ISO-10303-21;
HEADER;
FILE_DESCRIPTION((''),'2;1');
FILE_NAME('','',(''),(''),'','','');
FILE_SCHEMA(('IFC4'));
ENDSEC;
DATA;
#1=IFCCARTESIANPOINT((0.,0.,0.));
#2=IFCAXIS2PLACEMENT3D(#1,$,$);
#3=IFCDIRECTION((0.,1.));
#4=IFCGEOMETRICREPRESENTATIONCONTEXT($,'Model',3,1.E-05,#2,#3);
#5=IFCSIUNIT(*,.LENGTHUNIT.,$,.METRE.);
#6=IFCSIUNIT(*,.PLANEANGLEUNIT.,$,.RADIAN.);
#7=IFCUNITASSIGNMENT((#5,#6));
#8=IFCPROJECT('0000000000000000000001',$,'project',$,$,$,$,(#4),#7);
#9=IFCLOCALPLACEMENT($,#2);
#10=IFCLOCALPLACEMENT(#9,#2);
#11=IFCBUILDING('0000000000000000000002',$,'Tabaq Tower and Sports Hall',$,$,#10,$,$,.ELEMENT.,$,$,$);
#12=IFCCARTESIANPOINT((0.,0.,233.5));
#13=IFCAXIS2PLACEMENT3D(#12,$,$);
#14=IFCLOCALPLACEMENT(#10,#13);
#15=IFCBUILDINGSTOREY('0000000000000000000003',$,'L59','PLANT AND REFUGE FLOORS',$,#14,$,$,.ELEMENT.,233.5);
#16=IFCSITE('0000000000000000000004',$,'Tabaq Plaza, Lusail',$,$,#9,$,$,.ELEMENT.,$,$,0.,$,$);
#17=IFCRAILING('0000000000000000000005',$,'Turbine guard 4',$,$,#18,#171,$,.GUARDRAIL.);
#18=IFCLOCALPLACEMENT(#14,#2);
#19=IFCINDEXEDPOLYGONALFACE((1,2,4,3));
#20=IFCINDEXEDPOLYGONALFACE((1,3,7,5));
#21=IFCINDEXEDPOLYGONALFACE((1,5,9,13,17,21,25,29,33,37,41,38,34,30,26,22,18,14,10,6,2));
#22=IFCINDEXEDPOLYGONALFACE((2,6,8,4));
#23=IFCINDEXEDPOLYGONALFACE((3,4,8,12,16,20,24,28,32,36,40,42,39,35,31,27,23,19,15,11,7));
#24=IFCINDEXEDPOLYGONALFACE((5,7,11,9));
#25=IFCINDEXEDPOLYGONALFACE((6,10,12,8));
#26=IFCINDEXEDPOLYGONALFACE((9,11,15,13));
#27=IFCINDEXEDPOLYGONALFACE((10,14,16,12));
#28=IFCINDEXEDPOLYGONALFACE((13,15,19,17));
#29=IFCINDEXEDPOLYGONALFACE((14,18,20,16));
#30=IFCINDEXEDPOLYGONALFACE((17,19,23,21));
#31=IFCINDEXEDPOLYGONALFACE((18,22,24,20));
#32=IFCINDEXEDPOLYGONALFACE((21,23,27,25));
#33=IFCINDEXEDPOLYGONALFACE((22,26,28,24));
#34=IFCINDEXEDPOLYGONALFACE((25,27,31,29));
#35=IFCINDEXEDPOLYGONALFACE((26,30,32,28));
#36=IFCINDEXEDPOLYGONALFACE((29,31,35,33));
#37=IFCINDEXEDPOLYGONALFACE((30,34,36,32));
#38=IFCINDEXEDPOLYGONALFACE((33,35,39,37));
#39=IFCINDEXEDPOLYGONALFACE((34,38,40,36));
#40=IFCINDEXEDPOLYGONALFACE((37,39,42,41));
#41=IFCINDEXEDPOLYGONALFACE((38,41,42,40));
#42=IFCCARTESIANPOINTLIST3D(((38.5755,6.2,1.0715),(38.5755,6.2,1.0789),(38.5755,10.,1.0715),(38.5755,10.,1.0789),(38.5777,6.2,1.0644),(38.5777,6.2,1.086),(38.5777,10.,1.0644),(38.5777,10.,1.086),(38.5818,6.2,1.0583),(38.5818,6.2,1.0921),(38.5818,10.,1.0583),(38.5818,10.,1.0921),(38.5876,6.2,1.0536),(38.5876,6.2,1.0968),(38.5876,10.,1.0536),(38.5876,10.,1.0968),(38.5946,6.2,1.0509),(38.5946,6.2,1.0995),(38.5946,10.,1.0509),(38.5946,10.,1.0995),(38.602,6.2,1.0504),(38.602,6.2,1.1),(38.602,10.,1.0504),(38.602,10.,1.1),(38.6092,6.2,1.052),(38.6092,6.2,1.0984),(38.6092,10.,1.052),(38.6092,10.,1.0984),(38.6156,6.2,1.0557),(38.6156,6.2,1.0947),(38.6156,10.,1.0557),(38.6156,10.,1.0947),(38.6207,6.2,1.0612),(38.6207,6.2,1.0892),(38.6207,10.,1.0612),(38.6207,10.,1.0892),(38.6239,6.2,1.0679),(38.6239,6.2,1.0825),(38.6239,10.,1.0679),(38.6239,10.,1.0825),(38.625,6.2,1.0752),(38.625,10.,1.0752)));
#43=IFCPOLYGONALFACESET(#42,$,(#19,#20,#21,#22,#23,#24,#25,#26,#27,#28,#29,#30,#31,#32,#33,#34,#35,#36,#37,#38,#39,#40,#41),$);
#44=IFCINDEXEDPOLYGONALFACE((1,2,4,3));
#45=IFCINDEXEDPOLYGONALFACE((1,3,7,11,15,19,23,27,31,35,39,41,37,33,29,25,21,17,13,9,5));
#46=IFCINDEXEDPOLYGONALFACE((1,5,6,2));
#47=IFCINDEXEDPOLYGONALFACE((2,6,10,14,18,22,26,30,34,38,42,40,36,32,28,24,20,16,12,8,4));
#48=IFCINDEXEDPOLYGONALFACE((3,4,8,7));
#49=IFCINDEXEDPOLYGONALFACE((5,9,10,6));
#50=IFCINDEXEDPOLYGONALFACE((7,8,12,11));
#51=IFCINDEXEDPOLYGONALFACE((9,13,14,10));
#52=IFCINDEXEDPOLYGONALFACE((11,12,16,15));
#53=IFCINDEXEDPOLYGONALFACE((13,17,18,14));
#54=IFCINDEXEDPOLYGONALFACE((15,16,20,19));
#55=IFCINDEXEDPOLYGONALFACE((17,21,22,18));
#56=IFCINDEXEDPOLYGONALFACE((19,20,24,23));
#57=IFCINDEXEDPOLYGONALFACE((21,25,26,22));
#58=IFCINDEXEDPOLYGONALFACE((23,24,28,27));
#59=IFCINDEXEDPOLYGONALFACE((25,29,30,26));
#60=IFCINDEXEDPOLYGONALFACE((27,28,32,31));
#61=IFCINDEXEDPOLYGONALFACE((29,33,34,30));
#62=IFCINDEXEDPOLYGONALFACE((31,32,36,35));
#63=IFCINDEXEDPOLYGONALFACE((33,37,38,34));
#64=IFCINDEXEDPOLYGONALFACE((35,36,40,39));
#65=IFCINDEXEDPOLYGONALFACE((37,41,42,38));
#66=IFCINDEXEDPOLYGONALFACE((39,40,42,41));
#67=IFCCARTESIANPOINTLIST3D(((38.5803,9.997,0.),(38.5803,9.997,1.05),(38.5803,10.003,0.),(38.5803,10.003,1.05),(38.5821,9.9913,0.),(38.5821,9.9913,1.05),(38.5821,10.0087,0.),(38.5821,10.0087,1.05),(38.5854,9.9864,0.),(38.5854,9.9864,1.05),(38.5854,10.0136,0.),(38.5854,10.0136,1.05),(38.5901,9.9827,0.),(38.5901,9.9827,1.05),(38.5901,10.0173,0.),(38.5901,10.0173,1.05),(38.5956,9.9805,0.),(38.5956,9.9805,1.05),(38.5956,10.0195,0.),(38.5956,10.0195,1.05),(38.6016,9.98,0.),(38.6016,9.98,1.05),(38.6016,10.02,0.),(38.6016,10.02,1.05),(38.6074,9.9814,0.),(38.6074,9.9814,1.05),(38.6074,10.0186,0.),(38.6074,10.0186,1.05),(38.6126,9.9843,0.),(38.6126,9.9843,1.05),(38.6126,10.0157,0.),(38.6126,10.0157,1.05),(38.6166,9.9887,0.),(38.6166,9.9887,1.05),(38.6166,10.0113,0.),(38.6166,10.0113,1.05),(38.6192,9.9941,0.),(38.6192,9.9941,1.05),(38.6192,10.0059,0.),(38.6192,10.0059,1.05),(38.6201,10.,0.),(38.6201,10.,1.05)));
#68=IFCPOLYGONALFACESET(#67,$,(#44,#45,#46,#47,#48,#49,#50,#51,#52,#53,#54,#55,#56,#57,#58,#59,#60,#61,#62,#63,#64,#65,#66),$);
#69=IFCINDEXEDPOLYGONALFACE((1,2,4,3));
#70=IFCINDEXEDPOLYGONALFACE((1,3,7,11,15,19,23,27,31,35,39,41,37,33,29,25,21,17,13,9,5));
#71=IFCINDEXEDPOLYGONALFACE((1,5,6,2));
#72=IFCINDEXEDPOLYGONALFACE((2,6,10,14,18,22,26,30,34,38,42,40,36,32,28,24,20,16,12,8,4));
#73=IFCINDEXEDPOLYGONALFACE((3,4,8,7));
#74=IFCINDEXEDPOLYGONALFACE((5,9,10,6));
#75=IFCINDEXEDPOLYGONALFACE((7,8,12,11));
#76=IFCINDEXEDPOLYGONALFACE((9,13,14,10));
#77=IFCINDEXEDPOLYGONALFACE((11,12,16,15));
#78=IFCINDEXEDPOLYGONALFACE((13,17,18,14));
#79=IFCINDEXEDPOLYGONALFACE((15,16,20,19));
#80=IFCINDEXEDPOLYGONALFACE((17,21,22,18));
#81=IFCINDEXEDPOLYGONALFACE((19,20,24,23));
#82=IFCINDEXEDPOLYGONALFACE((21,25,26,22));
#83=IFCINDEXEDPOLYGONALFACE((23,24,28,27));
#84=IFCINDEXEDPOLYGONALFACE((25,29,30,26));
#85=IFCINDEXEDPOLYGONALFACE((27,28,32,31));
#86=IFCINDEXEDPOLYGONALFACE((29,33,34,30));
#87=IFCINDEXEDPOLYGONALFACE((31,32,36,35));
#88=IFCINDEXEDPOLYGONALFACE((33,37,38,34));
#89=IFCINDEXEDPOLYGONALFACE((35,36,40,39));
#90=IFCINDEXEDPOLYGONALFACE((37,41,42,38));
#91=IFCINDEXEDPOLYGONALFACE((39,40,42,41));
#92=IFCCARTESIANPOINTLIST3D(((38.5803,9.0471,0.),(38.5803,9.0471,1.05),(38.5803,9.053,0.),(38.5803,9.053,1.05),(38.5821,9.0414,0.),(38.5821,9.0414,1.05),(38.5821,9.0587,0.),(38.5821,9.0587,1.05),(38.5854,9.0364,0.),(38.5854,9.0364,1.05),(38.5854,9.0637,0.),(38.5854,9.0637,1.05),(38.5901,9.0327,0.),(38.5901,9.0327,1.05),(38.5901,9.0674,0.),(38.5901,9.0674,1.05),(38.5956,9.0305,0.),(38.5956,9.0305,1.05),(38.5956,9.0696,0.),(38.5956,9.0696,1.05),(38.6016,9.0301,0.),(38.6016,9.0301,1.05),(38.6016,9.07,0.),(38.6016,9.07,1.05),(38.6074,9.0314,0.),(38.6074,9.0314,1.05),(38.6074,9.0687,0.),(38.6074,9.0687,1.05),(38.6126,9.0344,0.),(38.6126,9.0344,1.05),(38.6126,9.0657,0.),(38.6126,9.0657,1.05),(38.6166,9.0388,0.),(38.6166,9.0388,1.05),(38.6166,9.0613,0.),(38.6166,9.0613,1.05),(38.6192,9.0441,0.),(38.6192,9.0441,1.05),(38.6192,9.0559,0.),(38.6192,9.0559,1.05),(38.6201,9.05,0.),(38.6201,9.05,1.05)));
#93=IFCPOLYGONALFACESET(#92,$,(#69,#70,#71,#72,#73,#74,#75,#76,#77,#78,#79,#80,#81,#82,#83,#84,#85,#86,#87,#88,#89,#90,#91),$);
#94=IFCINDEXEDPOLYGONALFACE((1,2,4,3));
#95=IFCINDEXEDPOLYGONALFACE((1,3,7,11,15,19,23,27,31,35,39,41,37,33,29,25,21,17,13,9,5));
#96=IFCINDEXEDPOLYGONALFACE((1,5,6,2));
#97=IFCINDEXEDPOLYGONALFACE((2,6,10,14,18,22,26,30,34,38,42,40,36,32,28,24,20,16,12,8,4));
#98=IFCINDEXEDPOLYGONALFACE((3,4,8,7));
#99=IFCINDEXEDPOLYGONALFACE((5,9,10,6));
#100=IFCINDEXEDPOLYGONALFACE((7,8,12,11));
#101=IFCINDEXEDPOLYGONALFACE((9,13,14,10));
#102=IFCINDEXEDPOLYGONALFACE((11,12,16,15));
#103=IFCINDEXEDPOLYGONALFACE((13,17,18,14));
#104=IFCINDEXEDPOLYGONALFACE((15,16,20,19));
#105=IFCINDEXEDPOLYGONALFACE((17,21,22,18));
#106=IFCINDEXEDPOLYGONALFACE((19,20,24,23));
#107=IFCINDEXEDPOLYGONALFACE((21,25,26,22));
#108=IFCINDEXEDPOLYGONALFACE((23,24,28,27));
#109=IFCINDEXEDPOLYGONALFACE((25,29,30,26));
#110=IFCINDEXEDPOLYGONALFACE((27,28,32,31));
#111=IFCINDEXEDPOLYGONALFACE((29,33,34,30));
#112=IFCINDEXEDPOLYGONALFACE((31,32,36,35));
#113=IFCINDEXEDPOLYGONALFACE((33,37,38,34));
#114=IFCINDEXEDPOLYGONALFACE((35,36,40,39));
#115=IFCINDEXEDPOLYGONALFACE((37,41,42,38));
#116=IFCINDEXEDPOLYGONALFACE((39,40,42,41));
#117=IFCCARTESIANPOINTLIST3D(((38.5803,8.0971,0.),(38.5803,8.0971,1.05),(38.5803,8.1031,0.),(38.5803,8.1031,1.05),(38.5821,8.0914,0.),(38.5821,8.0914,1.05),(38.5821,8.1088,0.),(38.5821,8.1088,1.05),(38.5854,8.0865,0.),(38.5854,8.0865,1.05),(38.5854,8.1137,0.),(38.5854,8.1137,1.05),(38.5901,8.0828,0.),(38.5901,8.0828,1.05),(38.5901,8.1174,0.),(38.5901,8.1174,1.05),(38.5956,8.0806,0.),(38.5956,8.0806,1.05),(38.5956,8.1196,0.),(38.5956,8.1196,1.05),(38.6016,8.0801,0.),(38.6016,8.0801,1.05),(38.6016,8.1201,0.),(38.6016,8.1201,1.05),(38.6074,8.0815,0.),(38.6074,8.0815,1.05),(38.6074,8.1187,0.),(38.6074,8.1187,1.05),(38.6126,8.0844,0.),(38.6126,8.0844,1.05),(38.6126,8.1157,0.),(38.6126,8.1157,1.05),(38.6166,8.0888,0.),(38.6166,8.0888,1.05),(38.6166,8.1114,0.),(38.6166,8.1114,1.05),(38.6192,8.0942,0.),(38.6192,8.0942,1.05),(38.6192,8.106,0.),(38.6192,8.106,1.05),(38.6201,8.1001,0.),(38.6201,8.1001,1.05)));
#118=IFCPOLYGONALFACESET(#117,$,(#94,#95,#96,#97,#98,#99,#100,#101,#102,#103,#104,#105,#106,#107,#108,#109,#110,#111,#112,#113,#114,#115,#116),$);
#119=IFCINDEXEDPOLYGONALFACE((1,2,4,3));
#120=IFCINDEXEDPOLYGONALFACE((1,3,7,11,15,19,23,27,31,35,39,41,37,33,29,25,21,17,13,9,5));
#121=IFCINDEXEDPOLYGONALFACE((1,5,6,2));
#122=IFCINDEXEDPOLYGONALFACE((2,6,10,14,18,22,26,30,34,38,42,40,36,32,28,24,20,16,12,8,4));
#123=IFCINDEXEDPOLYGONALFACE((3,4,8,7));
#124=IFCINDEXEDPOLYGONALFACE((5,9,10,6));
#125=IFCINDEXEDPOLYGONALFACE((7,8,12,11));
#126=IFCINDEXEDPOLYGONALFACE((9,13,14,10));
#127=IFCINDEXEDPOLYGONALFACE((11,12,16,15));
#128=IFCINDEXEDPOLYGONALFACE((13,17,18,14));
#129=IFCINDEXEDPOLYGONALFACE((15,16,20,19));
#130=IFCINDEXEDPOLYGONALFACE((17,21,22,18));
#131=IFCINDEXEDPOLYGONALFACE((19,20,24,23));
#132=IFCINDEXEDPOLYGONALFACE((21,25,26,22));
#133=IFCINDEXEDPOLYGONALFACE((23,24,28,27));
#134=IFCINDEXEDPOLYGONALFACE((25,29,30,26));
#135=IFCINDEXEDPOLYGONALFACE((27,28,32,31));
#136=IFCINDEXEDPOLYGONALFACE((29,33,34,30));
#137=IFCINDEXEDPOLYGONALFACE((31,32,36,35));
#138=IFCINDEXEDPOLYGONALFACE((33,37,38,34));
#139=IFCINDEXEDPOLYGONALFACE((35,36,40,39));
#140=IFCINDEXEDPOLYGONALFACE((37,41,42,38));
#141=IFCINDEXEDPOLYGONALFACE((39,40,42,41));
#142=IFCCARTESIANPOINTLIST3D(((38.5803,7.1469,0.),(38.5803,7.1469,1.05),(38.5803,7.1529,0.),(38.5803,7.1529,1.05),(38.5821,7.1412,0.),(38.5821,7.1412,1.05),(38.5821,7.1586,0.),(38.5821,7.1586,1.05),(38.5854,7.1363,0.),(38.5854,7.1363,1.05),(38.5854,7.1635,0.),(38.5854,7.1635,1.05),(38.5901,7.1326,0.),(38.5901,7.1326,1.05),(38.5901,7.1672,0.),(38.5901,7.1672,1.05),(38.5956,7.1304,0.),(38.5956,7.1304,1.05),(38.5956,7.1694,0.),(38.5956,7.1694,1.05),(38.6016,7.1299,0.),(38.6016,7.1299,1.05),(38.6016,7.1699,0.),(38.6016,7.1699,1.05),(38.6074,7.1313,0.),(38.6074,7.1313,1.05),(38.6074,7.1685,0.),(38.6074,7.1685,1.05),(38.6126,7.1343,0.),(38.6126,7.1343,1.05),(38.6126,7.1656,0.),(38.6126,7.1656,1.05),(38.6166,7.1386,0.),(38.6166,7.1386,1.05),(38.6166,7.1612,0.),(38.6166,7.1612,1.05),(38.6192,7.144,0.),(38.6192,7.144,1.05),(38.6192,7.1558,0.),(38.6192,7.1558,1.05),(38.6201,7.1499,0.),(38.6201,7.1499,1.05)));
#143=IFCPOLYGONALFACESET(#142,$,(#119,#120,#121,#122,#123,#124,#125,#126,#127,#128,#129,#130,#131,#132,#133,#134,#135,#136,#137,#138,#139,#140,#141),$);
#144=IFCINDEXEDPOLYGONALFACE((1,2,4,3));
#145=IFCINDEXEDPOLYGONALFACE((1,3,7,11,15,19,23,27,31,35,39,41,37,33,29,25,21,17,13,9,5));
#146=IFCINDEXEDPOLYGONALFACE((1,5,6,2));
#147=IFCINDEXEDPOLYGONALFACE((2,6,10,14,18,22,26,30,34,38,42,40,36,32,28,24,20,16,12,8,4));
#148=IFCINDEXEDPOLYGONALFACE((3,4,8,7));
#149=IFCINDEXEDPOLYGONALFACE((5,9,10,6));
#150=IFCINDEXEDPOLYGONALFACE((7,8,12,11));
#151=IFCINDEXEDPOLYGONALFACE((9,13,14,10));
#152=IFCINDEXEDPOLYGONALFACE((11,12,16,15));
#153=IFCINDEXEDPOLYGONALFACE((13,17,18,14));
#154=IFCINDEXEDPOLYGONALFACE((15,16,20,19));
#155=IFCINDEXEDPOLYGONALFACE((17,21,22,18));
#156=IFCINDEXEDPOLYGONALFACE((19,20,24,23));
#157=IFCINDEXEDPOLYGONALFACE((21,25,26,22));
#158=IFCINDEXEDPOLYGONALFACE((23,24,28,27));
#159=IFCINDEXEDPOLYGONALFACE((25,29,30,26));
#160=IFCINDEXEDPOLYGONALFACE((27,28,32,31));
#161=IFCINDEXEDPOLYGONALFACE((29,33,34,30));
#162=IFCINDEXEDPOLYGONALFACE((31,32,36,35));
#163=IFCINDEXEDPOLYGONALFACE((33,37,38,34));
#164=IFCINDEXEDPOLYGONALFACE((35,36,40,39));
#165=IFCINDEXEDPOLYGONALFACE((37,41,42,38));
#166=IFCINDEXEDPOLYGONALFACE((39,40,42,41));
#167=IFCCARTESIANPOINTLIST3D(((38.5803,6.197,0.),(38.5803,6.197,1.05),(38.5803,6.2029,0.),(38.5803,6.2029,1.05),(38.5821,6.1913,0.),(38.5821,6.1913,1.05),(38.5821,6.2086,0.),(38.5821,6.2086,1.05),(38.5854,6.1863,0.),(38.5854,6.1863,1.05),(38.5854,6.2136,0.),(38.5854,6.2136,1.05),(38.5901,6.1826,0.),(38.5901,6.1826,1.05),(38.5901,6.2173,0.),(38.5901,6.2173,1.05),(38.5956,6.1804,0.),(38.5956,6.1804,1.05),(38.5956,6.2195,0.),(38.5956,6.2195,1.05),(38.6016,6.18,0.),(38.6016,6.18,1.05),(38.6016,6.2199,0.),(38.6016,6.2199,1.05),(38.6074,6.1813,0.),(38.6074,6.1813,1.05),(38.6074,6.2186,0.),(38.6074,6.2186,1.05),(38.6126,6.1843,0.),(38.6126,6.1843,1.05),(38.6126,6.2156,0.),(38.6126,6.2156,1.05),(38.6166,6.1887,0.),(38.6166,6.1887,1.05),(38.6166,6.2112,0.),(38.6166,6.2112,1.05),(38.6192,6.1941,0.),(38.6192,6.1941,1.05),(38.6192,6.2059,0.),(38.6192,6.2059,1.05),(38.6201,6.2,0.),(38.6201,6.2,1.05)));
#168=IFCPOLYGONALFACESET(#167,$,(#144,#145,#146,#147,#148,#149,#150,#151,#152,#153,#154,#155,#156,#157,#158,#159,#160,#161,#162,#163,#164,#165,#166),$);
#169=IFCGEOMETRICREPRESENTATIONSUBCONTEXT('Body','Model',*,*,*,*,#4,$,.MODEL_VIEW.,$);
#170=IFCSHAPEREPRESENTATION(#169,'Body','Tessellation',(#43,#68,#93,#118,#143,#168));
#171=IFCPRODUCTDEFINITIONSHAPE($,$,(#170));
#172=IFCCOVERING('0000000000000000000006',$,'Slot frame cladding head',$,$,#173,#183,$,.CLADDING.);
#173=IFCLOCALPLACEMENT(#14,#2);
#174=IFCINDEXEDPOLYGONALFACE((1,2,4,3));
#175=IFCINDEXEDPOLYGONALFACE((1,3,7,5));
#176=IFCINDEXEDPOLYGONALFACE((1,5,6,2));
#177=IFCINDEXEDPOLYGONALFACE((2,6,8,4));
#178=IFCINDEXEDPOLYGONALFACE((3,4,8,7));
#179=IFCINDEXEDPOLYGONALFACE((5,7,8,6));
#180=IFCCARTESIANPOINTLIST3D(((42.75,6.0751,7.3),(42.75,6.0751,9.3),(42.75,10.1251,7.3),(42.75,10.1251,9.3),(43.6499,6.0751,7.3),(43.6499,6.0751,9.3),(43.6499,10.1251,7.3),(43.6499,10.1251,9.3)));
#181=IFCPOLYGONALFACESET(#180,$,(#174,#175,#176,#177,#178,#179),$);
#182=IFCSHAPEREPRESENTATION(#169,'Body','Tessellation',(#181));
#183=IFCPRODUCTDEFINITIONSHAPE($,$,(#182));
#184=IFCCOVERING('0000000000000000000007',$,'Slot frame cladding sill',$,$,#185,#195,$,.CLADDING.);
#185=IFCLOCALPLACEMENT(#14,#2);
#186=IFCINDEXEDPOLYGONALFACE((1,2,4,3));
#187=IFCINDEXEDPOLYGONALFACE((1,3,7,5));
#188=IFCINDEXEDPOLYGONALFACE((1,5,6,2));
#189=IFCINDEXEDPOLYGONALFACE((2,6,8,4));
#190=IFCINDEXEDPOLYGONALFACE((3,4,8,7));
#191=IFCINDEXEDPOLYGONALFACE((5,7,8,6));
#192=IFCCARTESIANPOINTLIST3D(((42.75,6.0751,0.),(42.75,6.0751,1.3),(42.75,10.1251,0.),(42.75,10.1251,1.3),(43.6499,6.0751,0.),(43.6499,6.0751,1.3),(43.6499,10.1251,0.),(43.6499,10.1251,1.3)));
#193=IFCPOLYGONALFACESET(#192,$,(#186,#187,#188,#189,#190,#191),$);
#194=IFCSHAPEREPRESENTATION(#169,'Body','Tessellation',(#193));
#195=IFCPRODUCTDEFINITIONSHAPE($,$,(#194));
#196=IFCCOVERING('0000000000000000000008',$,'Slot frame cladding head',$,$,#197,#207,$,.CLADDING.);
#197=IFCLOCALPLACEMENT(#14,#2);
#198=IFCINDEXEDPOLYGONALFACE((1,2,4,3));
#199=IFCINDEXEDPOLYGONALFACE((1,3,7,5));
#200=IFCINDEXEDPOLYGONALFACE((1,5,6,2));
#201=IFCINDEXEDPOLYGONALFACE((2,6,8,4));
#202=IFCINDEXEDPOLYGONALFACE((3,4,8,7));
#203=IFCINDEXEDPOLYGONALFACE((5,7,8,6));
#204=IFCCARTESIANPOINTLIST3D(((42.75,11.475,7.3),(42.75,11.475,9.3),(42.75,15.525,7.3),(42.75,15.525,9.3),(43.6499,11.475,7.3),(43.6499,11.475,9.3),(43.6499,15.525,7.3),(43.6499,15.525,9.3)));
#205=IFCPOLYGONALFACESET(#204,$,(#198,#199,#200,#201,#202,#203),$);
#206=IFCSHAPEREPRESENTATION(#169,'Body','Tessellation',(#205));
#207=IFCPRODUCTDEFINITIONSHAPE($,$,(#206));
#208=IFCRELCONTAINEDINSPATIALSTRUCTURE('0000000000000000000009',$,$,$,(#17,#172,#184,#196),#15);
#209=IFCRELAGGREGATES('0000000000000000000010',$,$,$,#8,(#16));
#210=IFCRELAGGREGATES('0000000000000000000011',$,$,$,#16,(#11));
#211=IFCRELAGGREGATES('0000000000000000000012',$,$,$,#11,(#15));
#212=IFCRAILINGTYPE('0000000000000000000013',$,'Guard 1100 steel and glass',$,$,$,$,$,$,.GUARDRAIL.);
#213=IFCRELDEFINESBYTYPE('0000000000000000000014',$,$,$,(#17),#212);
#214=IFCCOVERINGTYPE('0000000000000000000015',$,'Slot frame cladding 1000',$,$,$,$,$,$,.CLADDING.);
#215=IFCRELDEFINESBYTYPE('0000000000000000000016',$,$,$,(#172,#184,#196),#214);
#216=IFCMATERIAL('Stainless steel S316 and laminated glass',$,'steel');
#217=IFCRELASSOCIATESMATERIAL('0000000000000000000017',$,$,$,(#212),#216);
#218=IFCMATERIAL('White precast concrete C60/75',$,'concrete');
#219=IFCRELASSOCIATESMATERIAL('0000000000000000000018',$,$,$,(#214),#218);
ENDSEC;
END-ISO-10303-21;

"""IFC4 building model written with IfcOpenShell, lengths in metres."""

from ifc_helpers import new_model, si_unit, direction, frame, origin, origin_2d, place, context, subcontext, project, spatial, rectangle, circle, extrude, material, type_object, element, save


model = new_model("IFC4")

# Units and contexts
model_context = context("Model", 3, precision=1e-05, world=origin(), true_north=direction((0.0, 1.0)))
body_context = subcontext(model_context, "Body", "Model", "MODEL_VIEW")
ifc_project = project(units=[si_unit("LENGTHUNIT", "METRE"), si_unit("PLANEANGLEUNIT", "RADIAN")], contexts=[model_context])

# Site, building, storey
site_placement = place(None, origin())
site = spatial("IfcSite", under=ifc_project, at=site_placement, Name="Tabaq Plaza, Lusail", CompositionType="ELEMENT", RefElevation=0.0)
building_placement = place(site_placement, origin())
building = spatial("IfcBuilding", under=site, at=building_placement, Name="Tabaq Tower and Sports Hall", CompositionType="ELEMENT")
storey_placement = place(building_placement, frame((0.0, 0.0, 233.5)))
storey = spatial("IfcBuildingStorey", under=building, at=storey_placement, Name="L59", Description="PLANT AND REFUGE FLOORS", CompositionType="ELEMENT", Elevation=233.5)

# Railing
ifc_material_1 = material(Name="Stainless steel S316 and laminated glass", Category="steel")
railing_type = type_object("IfcRailingType", Name="Guard 1100 steel and glass", PredefinedType="GUARDRAIL", material=ifc_material_1)
railing_1_placement = place(storey_placement, frame((38.6001, 10.0, 0.0)))
element("IfcRailing", 1, at=railing_1_placement, inside=storey, type_object=railing_type, Name="Turbine guard 4", PredefinedType="GUARDRAIL", context=body_context, shape_type="SweptSolid", body=[
    extrude(circle(Radius=0.0249, at=origin_2d()), frame((0.0, 0.0, 1.0752), z_axis=(0.0, -1.0, 0.0), x_axis=(1.0, 0.0, 0.0)), (0.0, 0.0, 1.0), 3.8),
    extrude(circle(Radius=0.02, at=origin_2d()), origin(), (0.0, 0.0, 1.0), 1.05),
    extrude(circle(Radius=0.02, at=origin_2d()), frame((0.0, -0.95, 0.0)), (0.0, 0.0, 1.0), 1.05),
    extrude(circle(Radius=0.02, at=origin_2d()), frame((0.0, -1.8999, 0.0)), (0.0, 0.0, 1.0), 1.05),
    extrude(circle(Radius=0.02, at=origin_2d()), frame((0.0, -2.8501, 0.0)), (0.0, 0.0, 1.0), 1.05),
    extrude(circle(Radius=0.02, at=origin_2d()), frame((0.0, -3.8, 0.0)), (0.0, 0.0, 1.0), 1.05),
])

# Coverings
ifc_material_2 = material(Name="White precast concrete C60/75", Category="concrete")
covering_type_1 = type_object("IfcCoveringType", Name="Slot frame cladding 1000", PredefinedType="CLADDING", material=ifc_material_2)
covering_1_placement = place(storey_placement, frame((43.2, 8.1001, 7.3), z_axis=(0.0, 0.0, 1.0), x_axis=(0.0, 1.0, 0.0)))
element("IfcCovering", 2, at=covering_1_placement, inside=storey, type_object=covering_type_1, Name="Slot frame cladding head", PredefinedType="CLADDING", context=body_context, shape_type="SweptSolid", body=[
    extrude(rectangle(XDim=4.05, YDim=0.8999, at=origin_2d()), origin(), (0.0, 0.0, 1.0), 2.0),
])
covering_2_placement = place(storey_placement, frame((43.2, 8.1001, 0.0), z_axis=(0.0, 0.0, 1.0), x_axis=(0.0, 1.0, 0.0)))
element("IfcCovering", 3, at=covering_2_placement, inside=storey, type_object=covering_type_1, Name="Slot frame cladding sill", PredefinedType="CLADDING", context=body_context, shape_type="SweptSolid", body=[
    extrude(rectangle(XDim=4.05, YDim=0.8999, at=origin_2d()), origin(), (0.0, 0.0, 1.0), 1.3),
])
covering_3_placement = place(storey_placement, frame((43.2, 13.5, 7.3), z_axis=(0.0, 0.0, 1.0), x_axis=(0.0, 1.0, 0.0)))
element("IfcCovering", 4, at=covering_3_placement, inside=storey, type_object=covering_type_1, Name="Slot frame cladding head", PredefinedType="CLADDING", context=body_context, shape_type="SweptSolid", body=[
    extrude(rectangle(XDim=4.05, YDim=0.8999, at=origin_2d()), origin(), (0.0, 0.0, 1.0), 2.0),
])

save(model, "model.ifc")
